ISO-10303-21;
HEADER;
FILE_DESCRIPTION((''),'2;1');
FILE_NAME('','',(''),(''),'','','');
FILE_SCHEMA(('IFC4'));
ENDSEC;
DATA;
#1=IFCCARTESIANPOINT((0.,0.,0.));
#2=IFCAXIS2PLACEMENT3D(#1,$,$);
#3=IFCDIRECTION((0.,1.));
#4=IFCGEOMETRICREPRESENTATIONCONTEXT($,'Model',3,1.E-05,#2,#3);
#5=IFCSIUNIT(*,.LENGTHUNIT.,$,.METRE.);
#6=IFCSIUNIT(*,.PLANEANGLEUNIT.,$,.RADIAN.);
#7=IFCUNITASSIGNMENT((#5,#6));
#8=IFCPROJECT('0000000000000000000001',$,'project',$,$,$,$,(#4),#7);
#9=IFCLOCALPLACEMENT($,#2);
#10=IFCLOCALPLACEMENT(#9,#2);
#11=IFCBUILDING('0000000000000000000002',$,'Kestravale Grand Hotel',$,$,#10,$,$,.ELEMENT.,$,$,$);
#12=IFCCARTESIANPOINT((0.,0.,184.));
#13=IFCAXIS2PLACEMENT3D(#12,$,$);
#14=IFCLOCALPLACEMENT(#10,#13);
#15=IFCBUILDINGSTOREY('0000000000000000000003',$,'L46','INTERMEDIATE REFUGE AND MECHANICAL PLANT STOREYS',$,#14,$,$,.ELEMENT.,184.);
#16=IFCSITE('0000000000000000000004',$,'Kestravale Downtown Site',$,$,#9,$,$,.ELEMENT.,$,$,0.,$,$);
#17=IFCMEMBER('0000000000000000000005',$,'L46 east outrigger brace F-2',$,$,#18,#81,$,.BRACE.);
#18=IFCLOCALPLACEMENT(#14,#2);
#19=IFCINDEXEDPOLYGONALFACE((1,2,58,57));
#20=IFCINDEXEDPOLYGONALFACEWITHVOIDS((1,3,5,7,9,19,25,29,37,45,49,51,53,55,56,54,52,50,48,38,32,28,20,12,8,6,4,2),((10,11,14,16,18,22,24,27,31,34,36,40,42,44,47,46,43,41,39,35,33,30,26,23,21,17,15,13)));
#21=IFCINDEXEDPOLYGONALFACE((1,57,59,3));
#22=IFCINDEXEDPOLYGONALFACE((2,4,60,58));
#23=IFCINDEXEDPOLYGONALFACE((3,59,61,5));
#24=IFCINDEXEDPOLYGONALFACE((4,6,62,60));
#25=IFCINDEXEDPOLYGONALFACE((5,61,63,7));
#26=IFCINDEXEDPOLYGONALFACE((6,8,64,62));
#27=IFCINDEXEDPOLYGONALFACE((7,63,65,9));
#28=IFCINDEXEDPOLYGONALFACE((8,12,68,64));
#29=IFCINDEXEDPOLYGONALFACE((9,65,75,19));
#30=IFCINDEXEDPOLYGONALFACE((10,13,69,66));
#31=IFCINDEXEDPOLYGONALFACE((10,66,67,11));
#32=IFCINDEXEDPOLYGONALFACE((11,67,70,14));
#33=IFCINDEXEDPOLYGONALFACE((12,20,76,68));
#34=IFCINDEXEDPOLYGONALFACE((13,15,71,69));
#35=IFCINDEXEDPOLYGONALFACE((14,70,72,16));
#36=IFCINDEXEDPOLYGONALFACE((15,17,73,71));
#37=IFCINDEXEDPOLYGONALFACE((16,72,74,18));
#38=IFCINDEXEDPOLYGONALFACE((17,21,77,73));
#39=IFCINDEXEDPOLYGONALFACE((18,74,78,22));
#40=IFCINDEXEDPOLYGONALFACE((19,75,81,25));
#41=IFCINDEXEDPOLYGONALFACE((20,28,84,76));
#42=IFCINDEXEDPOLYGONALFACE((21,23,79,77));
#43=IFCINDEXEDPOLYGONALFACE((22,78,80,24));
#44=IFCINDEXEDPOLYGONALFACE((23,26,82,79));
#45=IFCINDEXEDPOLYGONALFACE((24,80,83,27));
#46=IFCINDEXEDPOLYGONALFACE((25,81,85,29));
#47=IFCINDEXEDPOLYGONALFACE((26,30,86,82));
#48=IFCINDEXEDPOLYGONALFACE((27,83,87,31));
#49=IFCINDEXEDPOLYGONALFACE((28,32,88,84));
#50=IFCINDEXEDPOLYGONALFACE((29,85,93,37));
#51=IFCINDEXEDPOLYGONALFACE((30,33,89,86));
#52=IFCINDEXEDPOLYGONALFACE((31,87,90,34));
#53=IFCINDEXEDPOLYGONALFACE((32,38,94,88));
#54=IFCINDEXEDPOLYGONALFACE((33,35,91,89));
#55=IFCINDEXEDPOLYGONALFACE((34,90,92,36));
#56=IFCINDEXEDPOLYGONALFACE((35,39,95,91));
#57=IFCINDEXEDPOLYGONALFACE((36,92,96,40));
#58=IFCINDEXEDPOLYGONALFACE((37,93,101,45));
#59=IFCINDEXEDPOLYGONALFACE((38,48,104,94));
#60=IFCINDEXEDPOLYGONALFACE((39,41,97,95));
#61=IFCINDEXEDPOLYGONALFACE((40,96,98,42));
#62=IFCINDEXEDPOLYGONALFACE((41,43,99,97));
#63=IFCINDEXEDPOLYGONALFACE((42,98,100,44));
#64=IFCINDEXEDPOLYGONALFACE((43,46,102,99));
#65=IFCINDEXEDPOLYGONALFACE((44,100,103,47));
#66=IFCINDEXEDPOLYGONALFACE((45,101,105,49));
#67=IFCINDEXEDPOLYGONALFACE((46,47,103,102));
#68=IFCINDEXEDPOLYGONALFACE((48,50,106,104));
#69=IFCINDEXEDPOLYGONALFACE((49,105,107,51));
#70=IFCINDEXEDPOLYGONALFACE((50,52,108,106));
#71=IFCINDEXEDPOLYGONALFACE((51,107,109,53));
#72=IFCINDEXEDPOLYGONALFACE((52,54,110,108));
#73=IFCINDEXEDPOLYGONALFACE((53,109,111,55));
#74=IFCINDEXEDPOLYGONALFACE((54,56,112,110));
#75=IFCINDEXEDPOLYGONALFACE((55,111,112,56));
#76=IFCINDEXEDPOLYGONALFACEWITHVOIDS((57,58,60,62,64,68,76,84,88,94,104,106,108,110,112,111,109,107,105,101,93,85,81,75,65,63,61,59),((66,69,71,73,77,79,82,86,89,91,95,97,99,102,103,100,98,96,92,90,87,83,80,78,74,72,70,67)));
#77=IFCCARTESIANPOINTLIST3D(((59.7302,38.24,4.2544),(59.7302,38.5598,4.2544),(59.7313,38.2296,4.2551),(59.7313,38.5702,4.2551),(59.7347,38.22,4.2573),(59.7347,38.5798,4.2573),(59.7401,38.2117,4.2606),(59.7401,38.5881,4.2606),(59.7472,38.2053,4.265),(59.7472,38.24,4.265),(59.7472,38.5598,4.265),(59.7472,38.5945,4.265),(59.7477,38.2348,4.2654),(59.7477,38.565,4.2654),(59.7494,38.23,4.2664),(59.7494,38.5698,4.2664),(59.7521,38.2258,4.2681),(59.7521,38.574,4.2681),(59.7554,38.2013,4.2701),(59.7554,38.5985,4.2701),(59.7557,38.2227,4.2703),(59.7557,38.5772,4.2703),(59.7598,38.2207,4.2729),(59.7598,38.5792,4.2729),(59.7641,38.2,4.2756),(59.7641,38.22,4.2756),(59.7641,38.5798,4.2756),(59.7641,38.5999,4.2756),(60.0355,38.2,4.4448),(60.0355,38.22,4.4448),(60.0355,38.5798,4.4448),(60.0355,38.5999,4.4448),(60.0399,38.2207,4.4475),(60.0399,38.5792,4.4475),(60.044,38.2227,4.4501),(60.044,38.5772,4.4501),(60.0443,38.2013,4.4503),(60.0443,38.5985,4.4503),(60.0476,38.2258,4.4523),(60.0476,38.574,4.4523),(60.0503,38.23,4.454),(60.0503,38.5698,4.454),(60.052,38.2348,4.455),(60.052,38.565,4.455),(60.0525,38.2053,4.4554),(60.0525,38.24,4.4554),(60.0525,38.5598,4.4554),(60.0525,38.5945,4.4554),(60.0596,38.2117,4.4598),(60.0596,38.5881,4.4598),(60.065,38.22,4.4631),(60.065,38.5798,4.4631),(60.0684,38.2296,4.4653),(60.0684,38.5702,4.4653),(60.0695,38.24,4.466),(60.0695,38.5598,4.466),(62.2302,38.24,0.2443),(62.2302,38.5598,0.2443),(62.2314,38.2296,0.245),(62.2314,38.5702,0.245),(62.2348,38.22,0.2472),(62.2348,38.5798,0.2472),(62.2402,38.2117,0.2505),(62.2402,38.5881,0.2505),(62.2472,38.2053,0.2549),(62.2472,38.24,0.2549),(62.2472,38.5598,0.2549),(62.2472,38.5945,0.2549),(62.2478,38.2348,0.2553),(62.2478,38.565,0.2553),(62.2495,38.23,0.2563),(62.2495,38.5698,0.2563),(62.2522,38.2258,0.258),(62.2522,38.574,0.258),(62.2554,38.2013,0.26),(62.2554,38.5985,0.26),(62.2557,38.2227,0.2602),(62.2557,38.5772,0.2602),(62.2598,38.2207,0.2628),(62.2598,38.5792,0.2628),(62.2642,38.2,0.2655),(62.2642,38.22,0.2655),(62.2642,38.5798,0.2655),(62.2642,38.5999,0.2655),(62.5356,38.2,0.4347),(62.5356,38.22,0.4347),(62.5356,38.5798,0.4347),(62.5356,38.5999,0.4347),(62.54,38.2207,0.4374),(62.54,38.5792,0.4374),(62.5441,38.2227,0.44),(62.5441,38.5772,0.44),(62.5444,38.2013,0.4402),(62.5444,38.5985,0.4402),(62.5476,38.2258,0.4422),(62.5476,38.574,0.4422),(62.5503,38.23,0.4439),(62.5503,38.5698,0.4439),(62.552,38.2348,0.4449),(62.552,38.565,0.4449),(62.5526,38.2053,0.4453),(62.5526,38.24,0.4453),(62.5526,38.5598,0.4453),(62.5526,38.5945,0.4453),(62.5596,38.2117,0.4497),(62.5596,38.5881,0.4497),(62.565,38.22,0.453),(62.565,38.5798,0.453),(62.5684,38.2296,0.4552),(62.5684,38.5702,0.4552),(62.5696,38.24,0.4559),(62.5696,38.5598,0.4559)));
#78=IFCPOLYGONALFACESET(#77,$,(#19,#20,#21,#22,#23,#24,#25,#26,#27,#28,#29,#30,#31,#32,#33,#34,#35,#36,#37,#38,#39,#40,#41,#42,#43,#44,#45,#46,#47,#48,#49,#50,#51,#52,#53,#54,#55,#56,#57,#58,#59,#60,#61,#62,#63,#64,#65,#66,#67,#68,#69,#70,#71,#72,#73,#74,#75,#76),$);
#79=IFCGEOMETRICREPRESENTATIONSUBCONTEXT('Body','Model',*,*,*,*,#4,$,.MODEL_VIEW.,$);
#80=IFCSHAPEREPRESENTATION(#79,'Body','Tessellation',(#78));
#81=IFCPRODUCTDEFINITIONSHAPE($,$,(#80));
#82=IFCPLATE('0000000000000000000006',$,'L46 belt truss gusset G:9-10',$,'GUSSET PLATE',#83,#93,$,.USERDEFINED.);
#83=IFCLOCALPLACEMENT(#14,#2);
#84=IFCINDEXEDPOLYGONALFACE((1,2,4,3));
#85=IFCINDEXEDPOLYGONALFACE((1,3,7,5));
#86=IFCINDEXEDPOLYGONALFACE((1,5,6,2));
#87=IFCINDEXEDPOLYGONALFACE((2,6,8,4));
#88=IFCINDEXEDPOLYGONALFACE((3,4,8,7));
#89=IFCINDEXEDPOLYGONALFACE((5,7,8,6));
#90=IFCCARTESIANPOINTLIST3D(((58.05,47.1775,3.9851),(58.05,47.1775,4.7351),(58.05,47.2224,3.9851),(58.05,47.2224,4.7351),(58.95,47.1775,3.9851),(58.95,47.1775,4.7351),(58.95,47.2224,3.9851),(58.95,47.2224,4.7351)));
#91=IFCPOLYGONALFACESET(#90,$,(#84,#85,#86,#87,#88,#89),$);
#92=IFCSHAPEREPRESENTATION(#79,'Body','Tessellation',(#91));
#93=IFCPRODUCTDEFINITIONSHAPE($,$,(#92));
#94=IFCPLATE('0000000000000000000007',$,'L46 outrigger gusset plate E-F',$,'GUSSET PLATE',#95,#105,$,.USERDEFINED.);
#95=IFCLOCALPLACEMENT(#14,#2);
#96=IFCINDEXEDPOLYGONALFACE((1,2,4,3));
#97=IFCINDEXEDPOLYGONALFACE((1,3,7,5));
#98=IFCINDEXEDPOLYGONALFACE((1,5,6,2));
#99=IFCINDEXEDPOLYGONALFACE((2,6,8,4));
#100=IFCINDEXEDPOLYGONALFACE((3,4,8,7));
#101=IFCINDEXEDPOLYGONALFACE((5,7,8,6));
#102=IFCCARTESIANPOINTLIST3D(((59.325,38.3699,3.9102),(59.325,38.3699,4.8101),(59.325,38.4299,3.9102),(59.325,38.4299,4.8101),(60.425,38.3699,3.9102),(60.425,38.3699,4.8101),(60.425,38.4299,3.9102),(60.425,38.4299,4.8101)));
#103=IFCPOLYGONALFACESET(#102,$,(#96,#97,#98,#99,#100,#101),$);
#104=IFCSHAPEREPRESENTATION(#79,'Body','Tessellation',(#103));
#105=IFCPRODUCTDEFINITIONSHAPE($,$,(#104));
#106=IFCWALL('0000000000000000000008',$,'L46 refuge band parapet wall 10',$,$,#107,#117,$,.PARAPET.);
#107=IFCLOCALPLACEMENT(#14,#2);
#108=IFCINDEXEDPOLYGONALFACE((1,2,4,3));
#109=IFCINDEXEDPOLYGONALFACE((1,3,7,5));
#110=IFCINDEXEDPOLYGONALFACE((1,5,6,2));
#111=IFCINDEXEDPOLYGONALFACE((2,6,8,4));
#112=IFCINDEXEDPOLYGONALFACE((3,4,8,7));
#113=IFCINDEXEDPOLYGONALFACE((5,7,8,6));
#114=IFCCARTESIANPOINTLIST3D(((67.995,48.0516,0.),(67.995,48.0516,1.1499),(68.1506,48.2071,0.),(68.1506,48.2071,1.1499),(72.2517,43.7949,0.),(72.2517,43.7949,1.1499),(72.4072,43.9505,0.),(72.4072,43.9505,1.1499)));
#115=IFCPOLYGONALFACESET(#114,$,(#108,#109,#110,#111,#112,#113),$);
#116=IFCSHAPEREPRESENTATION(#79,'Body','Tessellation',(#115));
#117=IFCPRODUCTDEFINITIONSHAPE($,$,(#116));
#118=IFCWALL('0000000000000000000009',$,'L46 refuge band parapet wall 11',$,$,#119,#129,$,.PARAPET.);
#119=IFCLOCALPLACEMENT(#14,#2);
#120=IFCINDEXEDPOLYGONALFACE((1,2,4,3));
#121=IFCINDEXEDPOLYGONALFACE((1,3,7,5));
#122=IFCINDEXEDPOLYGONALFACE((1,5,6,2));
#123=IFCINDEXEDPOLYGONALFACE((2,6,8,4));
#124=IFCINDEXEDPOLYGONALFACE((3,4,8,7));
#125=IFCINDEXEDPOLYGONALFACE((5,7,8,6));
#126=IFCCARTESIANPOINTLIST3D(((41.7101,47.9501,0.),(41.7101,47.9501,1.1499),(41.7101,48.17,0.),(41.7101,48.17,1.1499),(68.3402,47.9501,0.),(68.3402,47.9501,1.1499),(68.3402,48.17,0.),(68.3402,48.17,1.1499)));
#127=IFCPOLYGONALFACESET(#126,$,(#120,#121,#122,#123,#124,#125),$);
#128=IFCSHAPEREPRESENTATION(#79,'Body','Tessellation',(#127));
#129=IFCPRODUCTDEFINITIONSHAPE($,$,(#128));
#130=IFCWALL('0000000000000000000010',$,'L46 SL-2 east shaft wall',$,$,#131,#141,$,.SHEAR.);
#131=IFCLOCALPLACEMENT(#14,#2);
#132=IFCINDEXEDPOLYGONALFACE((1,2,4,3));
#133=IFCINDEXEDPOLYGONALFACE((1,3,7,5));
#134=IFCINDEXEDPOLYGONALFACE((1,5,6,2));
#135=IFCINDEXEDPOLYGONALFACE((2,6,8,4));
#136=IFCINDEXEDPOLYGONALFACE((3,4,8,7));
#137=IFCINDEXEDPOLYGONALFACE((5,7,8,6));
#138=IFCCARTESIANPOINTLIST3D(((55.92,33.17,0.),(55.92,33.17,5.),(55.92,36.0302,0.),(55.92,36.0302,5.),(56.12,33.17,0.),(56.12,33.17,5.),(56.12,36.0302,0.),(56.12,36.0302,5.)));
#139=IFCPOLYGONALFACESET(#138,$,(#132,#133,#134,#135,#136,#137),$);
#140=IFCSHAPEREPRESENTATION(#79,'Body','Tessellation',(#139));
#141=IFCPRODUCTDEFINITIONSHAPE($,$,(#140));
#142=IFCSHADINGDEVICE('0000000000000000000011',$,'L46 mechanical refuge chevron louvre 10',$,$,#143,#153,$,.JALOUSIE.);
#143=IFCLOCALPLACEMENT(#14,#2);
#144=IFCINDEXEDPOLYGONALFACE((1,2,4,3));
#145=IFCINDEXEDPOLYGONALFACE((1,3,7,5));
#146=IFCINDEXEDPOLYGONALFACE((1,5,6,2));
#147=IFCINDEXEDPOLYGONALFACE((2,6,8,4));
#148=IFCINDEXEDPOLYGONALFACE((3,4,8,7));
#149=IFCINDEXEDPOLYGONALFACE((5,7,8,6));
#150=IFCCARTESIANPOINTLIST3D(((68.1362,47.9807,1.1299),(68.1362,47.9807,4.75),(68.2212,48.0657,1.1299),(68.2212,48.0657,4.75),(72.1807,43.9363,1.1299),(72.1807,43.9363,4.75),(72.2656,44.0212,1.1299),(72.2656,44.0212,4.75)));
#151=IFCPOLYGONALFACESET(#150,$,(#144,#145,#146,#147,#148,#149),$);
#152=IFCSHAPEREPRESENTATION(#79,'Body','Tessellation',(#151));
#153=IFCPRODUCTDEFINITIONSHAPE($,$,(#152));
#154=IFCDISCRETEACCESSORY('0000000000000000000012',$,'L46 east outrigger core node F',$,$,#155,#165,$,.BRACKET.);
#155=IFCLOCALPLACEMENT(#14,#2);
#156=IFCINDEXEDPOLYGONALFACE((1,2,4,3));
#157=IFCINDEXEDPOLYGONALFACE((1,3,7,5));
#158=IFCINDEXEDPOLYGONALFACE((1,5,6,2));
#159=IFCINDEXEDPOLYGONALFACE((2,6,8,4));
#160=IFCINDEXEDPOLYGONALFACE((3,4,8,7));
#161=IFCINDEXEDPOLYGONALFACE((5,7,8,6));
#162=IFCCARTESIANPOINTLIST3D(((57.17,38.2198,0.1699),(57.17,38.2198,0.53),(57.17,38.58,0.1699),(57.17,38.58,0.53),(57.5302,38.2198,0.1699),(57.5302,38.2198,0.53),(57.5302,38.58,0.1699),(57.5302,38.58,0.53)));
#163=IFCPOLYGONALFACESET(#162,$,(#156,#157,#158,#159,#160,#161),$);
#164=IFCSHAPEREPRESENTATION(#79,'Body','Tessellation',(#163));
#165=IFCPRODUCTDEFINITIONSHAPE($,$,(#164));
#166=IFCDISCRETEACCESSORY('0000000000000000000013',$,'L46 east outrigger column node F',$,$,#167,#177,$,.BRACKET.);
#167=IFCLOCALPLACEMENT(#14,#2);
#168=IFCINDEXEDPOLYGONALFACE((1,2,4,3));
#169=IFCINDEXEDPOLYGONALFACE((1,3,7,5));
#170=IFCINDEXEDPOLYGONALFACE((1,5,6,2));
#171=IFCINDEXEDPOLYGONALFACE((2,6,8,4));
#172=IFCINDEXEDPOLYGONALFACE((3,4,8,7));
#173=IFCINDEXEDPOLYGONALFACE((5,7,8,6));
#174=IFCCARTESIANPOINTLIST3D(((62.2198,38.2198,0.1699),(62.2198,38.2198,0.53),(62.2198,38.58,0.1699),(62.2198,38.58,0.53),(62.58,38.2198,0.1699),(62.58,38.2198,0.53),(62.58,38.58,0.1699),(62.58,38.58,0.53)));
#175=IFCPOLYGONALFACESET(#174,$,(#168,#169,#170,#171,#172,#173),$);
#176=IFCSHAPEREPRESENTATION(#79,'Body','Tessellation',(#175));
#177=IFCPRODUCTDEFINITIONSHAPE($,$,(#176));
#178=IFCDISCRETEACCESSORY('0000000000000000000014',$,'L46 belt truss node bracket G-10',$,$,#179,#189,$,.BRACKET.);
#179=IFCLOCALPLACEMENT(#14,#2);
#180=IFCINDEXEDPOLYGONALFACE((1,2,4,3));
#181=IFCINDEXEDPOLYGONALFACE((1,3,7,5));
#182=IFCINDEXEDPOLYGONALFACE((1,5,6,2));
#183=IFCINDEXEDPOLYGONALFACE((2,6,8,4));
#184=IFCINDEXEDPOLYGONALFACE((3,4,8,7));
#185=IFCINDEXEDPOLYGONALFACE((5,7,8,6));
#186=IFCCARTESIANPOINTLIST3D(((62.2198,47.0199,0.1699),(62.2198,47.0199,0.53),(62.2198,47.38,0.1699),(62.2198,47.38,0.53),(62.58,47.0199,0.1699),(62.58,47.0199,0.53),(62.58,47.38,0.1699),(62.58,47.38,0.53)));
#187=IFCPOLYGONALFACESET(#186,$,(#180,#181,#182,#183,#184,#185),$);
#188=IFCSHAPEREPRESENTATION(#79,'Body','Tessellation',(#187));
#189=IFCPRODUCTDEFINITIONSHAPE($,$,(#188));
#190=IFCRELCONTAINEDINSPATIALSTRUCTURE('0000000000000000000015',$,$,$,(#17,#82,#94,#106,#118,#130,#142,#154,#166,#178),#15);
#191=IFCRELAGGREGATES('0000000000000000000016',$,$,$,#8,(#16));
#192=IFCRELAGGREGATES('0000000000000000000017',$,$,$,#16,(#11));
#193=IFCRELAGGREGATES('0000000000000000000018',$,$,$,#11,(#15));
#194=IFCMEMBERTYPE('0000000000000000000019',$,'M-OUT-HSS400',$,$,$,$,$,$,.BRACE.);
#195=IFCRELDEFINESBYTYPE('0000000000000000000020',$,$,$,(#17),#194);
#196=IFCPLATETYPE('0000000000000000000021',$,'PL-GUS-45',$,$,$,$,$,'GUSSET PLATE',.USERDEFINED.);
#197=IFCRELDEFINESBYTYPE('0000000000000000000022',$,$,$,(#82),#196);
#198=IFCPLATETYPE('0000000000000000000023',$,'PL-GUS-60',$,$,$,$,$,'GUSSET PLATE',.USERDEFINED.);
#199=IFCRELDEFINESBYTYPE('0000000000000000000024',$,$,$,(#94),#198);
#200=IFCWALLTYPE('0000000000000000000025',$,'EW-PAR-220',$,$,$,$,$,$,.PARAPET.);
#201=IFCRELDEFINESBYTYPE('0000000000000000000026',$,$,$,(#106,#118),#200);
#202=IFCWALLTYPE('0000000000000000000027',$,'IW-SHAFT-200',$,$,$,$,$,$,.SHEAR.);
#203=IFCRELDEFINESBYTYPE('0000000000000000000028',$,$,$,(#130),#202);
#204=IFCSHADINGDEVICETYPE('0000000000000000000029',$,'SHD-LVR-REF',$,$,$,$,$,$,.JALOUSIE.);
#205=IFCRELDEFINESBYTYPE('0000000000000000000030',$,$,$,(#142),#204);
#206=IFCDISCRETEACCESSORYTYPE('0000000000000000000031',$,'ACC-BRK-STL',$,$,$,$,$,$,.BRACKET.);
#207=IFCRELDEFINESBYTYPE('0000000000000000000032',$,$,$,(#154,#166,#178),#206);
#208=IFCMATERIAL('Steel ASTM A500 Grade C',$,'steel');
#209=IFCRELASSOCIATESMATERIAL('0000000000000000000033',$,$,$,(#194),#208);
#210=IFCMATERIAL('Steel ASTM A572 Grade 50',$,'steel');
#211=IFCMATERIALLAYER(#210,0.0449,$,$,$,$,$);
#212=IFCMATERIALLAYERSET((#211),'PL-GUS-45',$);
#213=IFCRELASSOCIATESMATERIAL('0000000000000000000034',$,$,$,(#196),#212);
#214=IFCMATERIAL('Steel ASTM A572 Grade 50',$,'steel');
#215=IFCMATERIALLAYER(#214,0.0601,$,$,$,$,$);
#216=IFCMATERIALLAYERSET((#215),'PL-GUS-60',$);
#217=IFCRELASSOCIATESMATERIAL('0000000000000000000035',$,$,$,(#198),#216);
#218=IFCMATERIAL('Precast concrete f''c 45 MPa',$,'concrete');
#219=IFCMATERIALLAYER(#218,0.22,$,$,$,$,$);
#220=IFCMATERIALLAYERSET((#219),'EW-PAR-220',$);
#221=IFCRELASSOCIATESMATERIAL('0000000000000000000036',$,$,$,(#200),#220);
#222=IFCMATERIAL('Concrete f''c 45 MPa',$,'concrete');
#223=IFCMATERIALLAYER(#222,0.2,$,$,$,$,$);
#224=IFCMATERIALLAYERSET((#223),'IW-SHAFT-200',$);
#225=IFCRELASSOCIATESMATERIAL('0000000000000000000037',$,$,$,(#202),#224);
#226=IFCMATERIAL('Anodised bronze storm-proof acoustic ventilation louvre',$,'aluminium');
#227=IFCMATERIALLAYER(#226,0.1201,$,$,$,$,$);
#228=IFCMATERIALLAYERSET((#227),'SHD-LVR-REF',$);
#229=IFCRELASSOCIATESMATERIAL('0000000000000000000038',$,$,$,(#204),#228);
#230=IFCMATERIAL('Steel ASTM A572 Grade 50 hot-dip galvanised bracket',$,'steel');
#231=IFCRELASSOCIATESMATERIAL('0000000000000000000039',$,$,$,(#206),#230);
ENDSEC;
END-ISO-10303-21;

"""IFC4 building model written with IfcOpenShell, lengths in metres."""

from ifc_helpers import new_model, si_unit, direction, frame, frame_2d, origin, origin_2d, place, context, subcontext, project, spatial, rectangle, hollow_rectangle, extrude, material, layer, layer_set, material_profile, profile_set, type_object, element, save


model = new_model("IFC4")

# Units and contexts
model_context = context("Model", 3, precision=1e-05, world=origin(), true_north=direction((0.0, 1.0)))
body_context = subcontext(model_context, "Body", "Model", "MODEL_VIEW")
ifc_project = project(units=[si_unit("LENGTHUNIT", "METRE"), si_unit("PLANEANGLEUNIT", "RADIAN")], contexts=[model_context])

# Site, building, storey
site_placement = place(None, origin())
site = spatial("IfcSite", under=ifc_project, at=site_placement, Name="Kestravale Downtown Site", CompositionType="ELEMENT", RefElevation=0.0)
building_placement = place(site_placement, origin())
building = spatial("IfcBuilding", under=site, at=building_placement, Name="Kestravale Grand Hotel", CompositionType="ELEMENT")
storey_placement = place(building_placement, frame((0.0, 0.0, 184.0)))
storey = spatial("IfcBuildingStorey", under=building, at=storey_placement, Name="L46", Description="INTERMEDIATE REFUGE AND MECHANICAL PLANT STOREYS", CompositionType="ELEMENT", Elevation=184.0)

# Member
ifc_material_1 = material(Name="Steel ASTM A500 Grade C", Category="steel")
ifc_material_profile_1 = material_profile(ifc_material_1, hollow_rectangle(XDim=0.3999, YDim=0.3999, WallThickness=0.02, InnerFilletRadius=0.02, OuterFilletRadius=0.04, at=origin_2d()))
ifc_profile_set_1 = profile_set([ifc_material_profile_1], Name="Steel ASTM A500 Grade C")
member_type_1 = type_object("IfcMemberType", Name="M-OUT-HSS400", PredefinedType="BRACE", material=ifc_profile_set_1)
for number, where, z_axis, x_axis, name in (
    (1, (62.3999, 38.3999, 0.3501), (-0.529047, 0.0, 0.848593), (0.0, -1.0, 0.0), "L46 east outrigger brace F-2"),
):
    element("IfcMember", number, at=place(storey_placement, frame(where, z_axis=z_axis, x_axis=x_axis)), inside=storey, type_object=member_type_1, Name=name, PredefinedType="BRACE", context=body_context, shape_type="SweptSolid", body=[
        extrude(hollow_rectangle(XDim=0.3999, YDim=0.3999, WallThickness=0.02, InnerFilletRadius=0.02, OuterFilletRadius=0.04, at=origin_2d()), origin(), (0.0, 0.0, 1.0), 4.7256),
    ])

# Plates
ifc_material_2 = material(Name="Steel ASTM A572 Grade 50", Category="steel")
ifc_layer_1 = layer(ifc_material_2, 0.0449)
ifc_layer_set_1 = layer_set([ifc_layer_1], Name="PL-GUS-45")
plate_type_1 = type_object("IfcPlateType", Name="PL-GUS-45", ElementType="GUSSET PLATE", PredefinedType="USERDEFINED", material=ifc_layer_set_1)
plate_1_placement = place(storey_placement, frame((58.5, 47.2, 3.9851), z_axis=(0.0, 0.0, 1.0), x_axis=(1.0, 0.0, 0.0)))
element("IfcPlate", 2, at=plate_1_placement, inside=storey, type_object=plate_type_1, Name="L46 belt truss gusset G:9-10", ObjectType="GUSSET PLATE", PredefinedType="USERDEFINED", context=body_context, shape_type="SweptSolid", body=[
    extrude(rectangle(XDim=0.8999, YDim=0.0449, at=origin_2d()), origin(), (0.0, 0.0, 1.0), 0.75),
])
ifc_material_3 = material(Name="Steel ASTM A572 Grade 50", Category="steel")
ifc_layer_2 = layer(ifc_material_3, 0.0601)
ifc_layer_set_2 = layer_set([ifc_layer_2], Name="PL-GUS-60")
plate_type_2 = type_object("IfcPlateType", Name="PL-GUS-60", ElementType="GUSSET PLATE", PredefinedType="USERDEFINED", material=ifc_layer_set_2)
plate_2_placement = place(storey_placement, frame((59.875, 38.3999, 3.9102), z_axis=(0.0, 0.0, 1.0), x_axis=(1.0, 0.0, 0.0)))
element("IfcPlate", 3, at=plate_2_placement, inside=storey, type_object=plate_type_2, Name="L46 outrigger gusset plate E-F", ObjectType="GUSSET PLATE", PredefinedType="USERDEFINED", context=body_context, shape_type="SweptSolid", body=[
    extrude(rectangle(XDim=1.1001, YDim=0.0601, at=origin_2d()), origin(), (0.0, 0.0, 1.0), 0.8999),
])

# Walls
ifc_material_4 = material(Name="Precast concrete f'c 45 MPa", Category="concrete")
ifc_layer_3 = layer(ifc_material_4, 0.22)
ifc_layer_set_3 = layer_set([ifc_layer_3], Name="EW-PAR-220")
wall_type_1 = type_object("IfcWallType", Name="EW-PAR-220", PredefinedType="PARAPET", material=ifc_layer_set_3)
wall_1_placement = place(storey_placement, frame((72.3293, 43.8728, 0.0), z_axis=(0.0, 0.0, 1.0), x_axis=(-0.707107, 0.707107, 0.0)))
element("IfcWall", 4, at=wall_1_placement, inside=storey, type_object=wall_type_1, Name="L46 refuge band parapet wall 10", PredefinedType="PARAPET", context=body_context, shape_type="SweptSolid", body=[
    extrude(rectangle(XDim=6.0198, YDim=0.22, at=frame_2d((3.0098, 0.0))), origin(), (0.0, 0.0, 1.0), 1.1499),
])
wall_2_placement = place(storey_placement, frame((68.3401, 48.0601, 0.0), z_axis=(0.0, 0.0, 1.0), x_axis=(-1.0, 0.0, 0.0)))
element("IfcWall", 5, at=wall_2_placement, inside=storey, type_object=wall_type_1, Name="L46 refuge band parapet wall 11", PredefinedType="PARAPET", context=body_context, shape_type="SweptSolid", body=[
    extrude(rectangle(XDim=26.6301, YDim=0.22, at=frame_2d((13.3149, 0.0))), origin(), (0.0, 0.0, 1.0), 1.1499),
])
ifc_material_5 = material(Name="Concrete f'c 45 MPa", Category="concrete")
ifc_layer_4 = layer(ifc_material_5, 0.2)
ifc_layer_set_4 = layer_set([ifc_layer_4], Name="IW-SHAFT-200")
wall_type_2 = type_object("IfcWallType", Name="IW-SHAFT-200", PredefinedType="SHEAR", material=ifc_layer_set_4)
wall_3_placement = place(storey_placement, frame((56.02, 33.1699, 0.0), z_axis=(0.0, 0.0, 1.0), x_axis=(0.0, 1.0, 0.0)))
element("IfcWall", 6, at=wall_3_placement, inside=storey, type_object=wall_type_2, Name="L46 SL-2 east shaft wall", PredefinedType="SHEAR", context=body_context, shape_type="SweptSolid", body=[
    extrude(rectangle(XDim=2.8601, YDim=0.2, at=frame_2d((1.4302, 0.0))), origin(), (0.0, 0.0, 1.0), 5.0),
])

# Shading device
ifc_material_6 = material(Name="Anodised bronze storm-proof acoustic ventilation louvre", Category="aluminium")
ifc_layer_5 = layer(ifc_material_6, 0.1201)
ifc_layer_set_5 = layer_set([ifc_layer_5], Name="SHD-LVR-REF")
shading_device_type = type_object("IfcShadingDeviceType", Name="SHD-LVR-REF", PredefinedType="JALOUSIE", material=ifc_layer_set_5)
shading_device_placement = place(storey_placement, frame((70.2009, 46.001, 1.1299), z_axis=(0.0, 0.0, 1.0), x_axis=(-0.707107, 0.707107, 0.0)))
element("IfcShadingDevice", 7, at=shading_device_placement, inside=storey, type_object=shading_device_type, Name="L46 mechanical refuge chevron louvre 10", PredefinedType="JALOUSIE", context=body_context, shape_type="SweptSolid", body=[
    extrude(rectangle(XDim=5.7197, YDim=0.1201, at=origin_2d()), origin(), (0.0, 0.0, 1.0), 3.6201),
])

# Discrete accessories
ifc_material_7 = material(Name="Steel ASTM A572 Grade 50 hot-dip galvanised bracket", Category="steel")
discrete_accessory_type = type_object("IfcDiscreteAccessoryType", Name="ACC-BRK-STL", PredefinedType="BRACKET", material=ifc_material_7)
for number, where, z_axis, x_axis, name in (
    (8, (57.3501, 38.3999, 0.1699), (0.0, 0.0, 1.0), (1.0, 0.0, 0.0), "L46 east outrigger core node F"),
    (9, (62.3999, 38.3999, 0.1699), (0.0, 0.0, 1.0), (1.0, 0.0, 0.0), "L46 east outrigger column node F"),
    (10, (62.3999, 47.2, 0.1699), (0.0, 0.0, 1.0), (1.0, 0.0, 0.0), "L46 belt truss node bracket G-10"),
):
    element("IfcDiscreteAccessory", number, at=place(storey_placement, frame(where, z_axis=z_axis, x_axis=x_axis)), inside=storey, type_object=discrete_accessory_type, Name=name, PredefinedType="BRACKET", context=body_context, shape_type="SweptSolid", body=[
        extrude(rectangle(XDim=0.3601, YDim=0.3601, at=origin_2d()), origin(), (0.0, 0.0, 1.0), 0.3601),
    ])

save(model, "model.ifc")
